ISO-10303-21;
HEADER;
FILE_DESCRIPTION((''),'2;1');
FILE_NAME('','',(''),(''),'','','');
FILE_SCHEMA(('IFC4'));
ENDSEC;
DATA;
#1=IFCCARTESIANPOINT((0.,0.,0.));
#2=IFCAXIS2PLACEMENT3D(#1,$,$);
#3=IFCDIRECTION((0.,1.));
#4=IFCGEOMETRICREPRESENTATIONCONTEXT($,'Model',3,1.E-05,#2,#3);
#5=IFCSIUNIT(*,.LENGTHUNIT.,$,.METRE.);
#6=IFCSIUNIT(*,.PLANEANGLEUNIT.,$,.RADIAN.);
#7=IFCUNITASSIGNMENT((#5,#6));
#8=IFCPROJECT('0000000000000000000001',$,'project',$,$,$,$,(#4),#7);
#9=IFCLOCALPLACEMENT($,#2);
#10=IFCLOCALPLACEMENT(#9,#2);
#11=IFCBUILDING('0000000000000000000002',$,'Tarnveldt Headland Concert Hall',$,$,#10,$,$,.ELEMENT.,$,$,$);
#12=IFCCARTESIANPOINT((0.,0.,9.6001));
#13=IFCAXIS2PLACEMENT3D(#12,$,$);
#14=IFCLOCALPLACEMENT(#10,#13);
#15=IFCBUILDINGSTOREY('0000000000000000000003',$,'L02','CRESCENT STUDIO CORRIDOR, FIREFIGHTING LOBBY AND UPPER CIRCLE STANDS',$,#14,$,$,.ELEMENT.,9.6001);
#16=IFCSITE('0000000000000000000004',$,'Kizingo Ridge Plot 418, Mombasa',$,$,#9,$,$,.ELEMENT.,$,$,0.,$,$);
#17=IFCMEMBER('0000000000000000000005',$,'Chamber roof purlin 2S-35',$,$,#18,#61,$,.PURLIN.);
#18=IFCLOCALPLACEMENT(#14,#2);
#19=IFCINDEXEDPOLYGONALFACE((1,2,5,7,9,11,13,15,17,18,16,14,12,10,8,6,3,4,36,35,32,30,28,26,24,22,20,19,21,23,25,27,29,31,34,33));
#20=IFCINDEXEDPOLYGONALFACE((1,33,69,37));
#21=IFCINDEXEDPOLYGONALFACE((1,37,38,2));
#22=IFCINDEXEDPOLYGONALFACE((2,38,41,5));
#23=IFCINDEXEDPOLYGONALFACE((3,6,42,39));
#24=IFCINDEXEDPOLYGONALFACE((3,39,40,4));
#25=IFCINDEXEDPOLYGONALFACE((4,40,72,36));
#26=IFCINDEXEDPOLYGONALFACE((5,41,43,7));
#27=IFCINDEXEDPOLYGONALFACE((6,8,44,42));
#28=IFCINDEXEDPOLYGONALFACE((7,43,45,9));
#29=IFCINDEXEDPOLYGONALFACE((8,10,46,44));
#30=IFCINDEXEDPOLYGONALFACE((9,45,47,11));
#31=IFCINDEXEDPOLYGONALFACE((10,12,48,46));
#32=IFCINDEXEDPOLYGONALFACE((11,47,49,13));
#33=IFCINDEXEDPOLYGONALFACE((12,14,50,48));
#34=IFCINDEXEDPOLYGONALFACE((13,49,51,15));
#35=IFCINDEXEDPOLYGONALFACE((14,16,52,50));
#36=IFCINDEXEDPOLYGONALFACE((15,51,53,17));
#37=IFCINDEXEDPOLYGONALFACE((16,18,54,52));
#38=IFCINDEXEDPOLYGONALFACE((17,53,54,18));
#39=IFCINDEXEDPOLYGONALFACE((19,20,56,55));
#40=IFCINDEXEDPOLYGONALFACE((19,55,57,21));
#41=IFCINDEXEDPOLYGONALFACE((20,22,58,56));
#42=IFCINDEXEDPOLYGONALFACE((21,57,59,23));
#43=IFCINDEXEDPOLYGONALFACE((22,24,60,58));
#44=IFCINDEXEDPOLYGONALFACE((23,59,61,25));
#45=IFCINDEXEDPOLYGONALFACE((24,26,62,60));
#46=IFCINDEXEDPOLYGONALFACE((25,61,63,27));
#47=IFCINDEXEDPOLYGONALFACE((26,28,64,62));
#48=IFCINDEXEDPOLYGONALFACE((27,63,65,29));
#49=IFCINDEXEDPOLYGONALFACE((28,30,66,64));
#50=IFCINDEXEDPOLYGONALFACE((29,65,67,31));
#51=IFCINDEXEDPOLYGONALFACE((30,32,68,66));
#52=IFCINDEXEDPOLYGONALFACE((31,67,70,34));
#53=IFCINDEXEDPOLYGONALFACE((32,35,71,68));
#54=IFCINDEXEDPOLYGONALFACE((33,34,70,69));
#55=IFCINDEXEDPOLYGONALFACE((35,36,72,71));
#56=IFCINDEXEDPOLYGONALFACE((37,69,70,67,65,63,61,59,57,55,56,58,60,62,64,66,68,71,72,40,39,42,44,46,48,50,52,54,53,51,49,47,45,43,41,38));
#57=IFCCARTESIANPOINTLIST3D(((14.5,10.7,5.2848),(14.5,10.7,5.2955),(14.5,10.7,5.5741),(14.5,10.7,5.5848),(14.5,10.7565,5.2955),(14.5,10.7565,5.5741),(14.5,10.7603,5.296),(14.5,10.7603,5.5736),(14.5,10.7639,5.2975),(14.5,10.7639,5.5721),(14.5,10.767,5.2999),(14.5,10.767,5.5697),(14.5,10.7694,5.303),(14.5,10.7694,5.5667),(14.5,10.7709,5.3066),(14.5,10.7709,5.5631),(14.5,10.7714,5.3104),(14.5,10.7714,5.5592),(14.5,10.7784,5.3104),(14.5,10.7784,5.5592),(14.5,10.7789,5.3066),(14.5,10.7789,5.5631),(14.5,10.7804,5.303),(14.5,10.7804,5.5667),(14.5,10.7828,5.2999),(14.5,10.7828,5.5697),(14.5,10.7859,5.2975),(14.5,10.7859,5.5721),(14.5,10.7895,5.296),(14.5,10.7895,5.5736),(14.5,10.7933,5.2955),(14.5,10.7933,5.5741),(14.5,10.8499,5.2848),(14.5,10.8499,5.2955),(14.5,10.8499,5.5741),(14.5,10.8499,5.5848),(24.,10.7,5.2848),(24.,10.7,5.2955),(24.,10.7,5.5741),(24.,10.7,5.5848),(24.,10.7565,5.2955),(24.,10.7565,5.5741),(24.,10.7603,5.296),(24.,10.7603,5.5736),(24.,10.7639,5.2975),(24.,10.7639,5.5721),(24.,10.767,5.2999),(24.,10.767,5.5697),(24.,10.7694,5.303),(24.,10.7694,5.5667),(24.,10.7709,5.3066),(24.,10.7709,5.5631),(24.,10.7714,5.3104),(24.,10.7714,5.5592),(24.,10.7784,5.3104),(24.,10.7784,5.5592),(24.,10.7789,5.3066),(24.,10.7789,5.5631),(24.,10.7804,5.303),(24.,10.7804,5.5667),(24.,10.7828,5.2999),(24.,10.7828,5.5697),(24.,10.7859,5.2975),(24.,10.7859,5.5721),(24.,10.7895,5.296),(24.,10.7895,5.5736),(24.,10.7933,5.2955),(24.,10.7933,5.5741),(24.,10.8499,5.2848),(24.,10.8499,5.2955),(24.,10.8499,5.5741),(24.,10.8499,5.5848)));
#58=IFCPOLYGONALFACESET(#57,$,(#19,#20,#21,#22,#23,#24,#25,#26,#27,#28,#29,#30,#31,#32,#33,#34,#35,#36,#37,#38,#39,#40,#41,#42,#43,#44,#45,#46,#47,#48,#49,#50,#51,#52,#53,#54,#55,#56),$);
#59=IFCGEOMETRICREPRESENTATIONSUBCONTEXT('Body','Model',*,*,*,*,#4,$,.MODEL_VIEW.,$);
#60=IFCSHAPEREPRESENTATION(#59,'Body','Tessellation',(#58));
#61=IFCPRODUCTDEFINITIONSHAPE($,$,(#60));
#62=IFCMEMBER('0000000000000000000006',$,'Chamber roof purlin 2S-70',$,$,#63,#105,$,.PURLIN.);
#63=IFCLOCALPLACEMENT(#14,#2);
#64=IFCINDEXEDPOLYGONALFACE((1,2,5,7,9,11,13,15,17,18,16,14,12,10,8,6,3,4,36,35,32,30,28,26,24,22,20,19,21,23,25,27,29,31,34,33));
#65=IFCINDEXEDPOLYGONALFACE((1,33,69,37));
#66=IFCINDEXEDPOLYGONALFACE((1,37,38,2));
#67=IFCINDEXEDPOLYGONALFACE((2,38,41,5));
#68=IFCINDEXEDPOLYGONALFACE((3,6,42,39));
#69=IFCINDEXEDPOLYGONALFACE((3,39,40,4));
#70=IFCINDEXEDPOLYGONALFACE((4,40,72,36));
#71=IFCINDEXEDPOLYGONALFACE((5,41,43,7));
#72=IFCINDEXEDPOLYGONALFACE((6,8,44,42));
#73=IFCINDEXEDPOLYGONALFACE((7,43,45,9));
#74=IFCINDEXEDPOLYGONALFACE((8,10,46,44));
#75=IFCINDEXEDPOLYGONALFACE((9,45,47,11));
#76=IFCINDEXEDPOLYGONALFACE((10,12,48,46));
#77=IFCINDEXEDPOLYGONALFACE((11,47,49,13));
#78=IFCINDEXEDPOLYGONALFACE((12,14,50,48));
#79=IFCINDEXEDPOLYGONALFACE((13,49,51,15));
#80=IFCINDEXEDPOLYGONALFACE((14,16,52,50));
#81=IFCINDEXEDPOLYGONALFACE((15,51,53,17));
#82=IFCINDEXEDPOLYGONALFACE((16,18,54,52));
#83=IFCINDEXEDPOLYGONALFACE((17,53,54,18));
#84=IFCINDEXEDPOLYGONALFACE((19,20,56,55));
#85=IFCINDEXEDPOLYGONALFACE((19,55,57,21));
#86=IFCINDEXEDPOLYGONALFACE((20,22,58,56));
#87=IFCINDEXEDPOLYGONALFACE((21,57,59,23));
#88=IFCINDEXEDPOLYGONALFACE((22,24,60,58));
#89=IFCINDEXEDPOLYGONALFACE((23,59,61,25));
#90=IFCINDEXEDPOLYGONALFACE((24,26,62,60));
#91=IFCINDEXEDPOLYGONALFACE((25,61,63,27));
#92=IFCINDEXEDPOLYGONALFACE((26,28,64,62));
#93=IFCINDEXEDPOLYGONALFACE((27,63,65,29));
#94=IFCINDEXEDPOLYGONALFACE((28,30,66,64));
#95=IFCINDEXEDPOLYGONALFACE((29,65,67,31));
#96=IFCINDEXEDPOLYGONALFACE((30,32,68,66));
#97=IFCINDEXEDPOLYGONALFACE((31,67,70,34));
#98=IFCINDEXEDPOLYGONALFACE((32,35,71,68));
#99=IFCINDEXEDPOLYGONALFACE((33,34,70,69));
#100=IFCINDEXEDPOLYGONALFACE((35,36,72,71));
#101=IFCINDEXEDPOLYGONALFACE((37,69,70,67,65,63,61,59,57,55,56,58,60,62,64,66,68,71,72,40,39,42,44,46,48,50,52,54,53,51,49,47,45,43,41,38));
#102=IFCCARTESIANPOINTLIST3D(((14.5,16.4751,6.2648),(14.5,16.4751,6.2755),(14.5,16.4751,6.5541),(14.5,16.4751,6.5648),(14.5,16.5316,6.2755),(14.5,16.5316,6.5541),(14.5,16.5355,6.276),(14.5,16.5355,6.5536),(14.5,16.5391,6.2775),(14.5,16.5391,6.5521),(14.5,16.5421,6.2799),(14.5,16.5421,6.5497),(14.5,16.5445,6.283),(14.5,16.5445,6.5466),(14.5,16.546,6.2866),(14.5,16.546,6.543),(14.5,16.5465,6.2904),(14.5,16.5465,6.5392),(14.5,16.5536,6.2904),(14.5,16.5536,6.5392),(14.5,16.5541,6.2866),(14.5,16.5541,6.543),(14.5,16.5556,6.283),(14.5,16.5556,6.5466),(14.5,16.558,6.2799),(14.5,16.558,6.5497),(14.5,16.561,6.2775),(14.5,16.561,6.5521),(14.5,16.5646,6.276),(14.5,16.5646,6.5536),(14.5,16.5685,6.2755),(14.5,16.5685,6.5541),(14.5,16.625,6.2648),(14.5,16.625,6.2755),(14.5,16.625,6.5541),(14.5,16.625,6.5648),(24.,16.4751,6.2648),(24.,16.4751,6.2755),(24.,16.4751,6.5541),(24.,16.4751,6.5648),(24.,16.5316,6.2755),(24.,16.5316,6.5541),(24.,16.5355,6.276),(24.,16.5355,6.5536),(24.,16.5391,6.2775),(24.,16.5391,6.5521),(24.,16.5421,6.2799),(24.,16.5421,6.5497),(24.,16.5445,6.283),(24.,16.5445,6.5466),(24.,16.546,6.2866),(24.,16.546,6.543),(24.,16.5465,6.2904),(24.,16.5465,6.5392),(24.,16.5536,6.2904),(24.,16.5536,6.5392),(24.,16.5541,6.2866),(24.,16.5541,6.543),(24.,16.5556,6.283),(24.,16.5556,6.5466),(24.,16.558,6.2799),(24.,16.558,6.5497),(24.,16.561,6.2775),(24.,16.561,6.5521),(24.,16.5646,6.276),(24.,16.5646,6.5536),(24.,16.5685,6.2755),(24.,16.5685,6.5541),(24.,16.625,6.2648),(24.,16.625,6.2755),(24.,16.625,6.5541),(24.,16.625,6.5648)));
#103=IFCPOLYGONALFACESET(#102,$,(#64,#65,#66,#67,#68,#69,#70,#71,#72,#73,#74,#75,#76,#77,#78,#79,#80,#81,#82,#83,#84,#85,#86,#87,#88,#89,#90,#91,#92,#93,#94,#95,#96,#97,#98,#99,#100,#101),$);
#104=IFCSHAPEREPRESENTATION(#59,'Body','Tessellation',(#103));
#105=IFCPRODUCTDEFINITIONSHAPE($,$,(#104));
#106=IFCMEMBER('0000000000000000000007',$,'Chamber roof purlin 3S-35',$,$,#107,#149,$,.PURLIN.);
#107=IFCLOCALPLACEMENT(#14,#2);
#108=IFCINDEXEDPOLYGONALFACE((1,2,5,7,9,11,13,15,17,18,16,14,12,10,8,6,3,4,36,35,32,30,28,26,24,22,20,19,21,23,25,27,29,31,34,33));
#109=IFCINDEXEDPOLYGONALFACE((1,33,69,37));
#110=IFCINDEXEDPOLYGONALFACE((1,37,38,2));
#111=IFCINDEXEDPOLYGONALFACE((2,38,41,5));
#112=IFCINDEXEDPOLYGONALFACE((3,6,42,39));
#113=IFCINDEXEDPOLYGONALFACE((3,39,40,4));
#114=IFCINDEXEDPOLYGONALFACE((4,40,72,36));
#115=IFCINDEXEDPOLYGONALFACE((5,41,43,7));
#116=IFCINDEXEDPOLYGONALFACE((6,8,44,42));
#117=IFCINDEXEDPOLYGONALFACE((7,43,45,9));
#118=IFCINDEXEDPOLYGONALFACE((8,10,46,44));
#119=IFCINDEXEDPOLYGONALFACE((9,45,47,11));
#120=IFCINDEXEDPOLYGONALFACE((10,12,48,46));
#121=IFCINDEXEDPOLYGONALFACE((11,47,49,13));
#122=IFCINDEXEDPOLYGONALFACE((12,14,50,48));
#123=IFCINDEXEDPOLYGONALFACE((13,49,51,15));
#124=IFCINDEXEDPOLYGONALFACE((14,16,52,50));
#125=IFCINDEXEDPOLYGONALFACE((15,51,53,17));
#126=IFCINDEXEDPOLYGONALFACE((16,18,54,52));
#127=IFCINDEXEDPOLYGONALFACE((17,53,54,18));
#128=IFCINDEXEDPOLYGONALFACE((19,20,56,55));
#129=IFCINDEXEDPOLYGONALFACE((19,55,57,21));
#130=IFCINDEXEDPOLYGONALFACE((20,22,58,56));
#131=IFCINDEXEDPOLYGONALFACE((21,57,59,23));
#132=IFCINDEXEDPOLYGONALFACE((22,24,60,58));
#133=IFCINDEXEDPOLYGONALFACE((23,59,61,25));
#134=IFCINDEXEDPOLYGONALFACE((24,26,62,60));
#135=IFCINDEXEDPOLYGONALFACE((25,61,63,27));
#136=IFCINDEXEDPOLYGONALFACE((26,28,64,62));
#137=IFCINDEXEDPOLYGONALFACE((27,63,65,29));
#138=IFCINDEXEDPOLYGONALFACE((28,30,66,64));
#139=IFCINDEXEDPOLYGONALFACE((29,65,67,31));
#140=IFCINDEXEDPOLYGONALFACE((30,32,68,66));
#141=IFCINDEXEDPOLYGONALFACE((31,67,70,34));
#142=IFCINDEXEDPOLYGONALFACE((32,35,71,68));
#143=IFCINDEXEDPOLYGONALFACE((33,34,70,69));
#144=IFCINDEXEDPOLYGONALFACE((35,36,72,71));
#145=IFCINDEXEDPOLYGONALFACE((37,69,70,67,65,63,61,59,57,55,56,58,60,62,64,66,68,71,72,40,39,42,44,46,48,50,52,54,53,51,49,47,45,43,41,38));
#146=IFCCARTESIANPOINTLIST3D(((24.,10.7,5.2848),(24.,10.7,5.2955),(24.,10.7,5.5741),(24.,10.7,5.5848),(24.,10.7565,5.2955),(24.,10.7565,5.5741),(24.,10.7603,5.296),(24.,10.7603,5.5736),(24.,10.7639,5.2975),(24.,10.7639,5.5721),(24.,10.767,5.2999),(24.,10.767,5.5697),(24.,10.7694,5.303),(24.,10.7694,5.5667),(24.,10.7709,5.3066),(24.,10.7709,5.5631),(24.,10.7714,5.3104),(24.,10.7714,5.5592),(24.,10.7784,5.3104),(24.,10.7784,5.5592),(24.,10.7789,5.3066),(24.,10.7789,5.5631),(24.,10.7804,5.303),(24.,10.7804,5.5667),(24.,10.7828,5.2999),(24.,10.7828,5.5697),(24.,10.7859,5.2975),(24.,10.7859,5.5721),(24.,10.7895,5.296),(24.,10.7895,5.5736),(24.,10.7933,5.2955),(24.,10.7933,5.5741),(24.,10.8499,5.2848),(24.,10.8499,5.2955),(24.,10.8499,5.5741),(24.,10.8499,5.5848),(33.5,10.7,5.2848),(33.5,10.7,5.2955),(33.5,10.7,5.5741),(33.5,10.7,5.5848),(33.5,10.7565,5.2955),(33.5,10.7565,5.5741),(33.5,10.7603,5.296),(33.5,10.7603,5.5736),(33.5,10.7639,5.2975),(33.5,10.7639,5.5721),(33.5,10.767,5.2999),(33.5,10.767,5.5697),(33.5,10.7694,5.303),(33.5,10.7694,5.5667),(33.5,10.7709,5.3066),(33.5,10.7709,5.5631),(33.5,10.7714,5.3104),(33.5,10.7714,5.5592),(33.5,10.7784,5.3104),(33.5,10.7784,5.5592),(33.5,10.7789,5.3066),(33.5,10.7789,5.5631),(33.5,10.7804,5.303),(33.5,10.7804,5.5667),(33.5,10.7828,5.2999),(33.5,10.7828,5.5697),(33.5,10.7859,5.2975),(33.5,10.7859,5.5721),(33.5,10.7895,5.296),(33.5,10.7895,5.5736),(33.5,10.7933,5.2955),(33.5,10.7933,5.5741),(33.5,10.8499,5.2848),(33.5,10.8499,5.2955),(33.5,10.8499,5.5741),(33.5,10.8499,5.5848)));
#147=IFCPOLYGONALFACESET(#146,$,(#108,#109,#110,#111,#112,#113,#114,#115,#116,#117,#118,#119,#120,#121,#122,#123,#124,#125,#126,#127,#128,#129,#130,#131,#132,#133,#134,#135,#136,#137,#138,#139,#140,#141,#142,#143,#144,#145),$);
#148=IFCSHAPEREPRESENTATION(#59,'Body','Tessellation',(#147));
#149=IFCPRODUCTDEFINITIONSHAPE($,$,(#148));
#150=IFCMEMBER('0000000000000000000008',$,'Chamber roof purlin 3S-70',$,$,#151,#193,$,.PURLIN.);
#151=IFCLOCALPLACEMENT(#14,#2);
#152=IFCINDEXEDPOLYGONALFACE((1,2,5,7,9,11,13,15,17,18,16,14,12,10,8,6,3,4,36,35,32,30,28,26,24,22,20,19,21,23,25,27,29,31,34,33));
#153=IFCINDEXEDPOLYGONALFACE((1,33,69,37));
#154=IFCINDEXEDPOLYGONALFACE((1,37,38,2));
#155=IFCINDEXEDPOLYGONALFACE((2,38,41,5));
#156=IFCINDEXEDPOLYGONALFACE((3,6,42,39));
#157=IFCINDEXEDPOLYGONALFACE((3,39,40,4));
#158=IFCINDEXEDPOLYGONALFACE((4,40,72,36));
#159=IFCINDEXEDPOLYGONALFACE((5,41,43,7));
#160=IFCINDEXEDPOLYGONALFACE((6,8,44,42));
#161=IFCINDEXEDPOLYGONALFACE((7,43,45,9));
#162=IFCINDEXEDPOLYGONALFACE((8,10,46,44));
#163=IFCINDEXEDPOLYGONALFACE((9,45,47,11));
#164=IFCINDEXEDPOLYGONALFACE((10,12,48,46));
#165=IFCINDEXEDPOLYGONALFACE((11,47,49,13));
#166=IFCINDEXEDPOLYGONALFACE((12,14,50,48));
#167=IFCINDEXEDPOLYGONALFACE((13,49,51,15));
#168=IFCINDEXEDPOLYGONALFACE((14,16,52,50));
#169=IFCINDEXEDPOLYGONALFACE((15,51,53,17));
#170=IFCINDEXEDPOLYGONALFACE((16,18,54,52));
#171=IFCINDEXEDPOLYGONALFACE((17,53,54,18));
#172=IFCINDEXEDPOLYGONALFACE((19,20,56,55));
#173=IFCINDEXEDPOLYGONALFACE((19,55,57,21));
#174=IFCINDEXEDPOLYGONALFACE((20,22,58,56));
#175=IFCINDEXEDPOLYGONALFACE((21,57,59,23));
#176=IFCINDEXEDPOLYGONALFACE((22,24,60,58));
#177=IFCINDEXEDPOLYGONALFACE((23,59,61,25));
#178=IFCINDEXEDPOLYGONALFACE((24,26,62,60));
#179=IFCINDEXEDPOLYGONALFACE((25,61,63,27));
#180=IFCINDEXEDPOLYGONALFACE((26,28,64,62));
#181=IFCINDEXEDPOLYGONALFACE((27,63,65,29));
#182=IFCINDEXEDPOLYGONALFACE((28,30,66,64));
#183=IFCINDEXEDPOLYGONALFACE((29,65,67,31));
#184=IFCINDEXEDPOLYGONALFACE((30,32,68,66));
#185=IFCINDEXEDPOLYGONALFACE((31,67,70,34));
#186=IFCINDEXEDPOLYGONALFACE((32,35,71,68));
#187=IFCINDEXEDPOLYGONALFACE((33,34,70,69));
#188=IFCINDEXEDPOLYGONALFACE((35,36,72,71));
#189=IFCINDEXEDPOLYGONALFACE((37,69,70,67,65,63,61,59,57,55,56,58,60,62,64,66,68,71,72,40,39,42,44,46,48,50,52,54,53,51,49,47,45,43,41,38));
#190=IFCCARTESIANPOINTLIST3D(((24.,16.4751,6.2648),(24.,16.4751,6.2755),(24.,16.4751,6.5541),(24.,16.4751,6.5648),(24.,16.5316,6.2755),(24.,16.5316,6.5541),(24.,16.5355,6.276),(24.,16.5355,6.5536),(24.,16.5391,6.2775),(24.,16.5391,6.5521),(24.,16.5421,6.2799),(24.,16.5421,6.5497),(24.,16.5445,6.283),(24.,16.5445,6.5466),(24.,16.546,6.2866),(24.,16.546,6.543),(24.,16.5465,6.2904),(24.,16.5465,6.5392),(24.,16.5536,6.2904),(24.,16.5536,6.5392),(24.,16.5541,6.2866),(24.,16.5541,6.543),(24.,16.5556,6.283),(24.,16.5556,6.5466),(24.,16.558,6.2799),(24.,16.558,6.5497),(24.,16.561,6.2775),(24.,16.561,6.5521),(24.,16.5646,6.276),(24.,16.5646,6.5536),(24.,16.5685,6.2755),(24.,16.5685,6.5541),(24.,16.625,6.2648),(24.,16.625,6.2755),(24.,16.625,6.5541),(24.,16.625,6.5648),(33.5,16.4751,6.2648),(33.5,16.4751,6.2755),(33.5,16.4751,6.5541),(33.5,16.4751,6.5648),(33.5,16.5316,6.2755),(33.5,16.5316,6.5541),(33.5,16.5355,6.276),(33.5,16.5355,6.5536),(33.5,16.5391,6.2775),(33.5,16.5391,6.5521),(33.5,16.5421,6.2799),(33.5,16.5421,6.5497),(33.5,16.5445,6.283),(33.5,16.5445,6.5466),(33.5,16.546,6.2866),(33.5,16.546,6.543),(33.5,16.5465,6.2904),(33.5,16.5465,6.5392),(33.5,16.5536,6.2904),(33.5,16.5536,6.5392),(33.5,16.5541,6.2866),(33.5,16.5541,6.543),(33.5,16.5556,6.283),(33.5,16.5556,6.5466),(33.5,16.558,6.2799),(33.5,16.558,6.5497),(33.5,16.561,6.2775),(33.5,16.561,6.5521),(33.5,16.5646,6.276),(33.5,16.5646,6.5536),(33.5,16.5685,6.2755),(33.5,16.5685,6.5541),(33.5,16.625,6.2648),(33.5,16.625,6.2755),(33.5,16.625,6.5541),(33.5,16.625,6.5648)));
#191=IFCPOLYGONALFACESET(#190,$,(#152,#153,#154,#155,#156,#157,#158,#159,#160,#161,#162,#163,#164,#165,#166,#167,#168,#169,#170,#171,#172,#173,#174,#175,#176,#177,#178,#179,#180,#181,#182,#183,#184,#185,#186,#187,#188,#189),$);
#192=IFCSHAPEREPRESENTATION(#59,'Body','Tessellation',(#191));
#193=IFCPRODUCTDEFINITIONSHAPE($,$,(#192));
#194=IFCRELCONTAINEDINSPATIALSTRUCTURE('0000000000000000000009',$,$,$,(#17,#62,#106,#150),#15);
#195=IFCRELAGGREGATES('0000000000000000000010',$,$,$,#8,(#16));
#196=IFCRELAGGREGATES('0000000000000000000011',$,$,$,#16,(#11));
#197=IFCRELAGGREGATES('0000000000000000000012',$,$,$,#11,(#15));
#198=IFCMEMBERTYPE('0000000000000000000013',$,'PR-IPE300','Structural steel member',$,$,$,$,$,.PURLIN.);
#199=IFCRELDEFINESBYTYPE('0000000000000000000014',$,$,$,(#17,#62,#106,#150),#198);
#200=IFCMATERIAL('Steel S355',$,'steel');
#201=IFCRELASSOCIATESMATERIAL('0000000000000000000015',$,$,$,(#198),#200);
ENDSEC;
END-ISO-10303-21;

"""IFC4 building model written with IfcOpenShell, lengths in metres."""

from ifc_helpers import new_model, si_unit, direction, frame, origin, origin_2d, place, context, subcontext, project, spatial, i_section, extrude, material, material_profile, profile_set, type_object, element, save


model = new_model("IFC4")

# Units and contexts
model_context = context("Model", 3, precision=1e-05, world=origin(), true_north=direction((0.0, 1.0)))
body_context = subcontext(model_context, "Body", "Model", "MODEL_VIEW")
ifc_project = project(units=[si_unit("LENGTHUNIT", "METRE"), si_unit("PLANEANGLEUNIT", "RADIAN")], contexts=[model_context])

# Site, building, storey
site_placement = place(None, origin())
site = spatial("IfcSite", under=ifc_project, at=site_placement, Name="Kizingo Ridge Plot 418, Mombasa", CompositionType="ELEMENT", RefElevation=0.0)
building_placement = place(site_placement, origin())
building = spatial("IfcBuilding", under=site, at=building_placement, Name="Tarnveldt Headland Concert Hall", CompositionType="ELEMENT")
storey_placement = place(building_placement, frame((0.0, 0.0, 9.6001)))
storey = spatial("IfcBuildingStorey", under=building, at=storey_placement, Name="L02", Description="CRESCENT STUDIO CORRIDOR, FIREFIGHTING LOBBY AND UPPER CIRCLE STANDS", CompositionType="ELEMENT", Elevation=9.6001)

# Shared definitions
ifc_material_1 = material(Name="Steel S355", Category="steel")

# Members
ifc_material_profile_1 = material_profile(ifc_material_1, i_section(OverallWidth=0.1499, OverallDepth=0.3, WebThickness=0.0071, FlangeThickness=0.0107, FilletRadius=0.0149, at=origin_2d()), Name="IPE300", Category="steel")
ifc_profile_set_1 = profile_set([ifc_material_profile_1], Name="Steel S355")
member_type_1 = type_object("IfcMemberType", Name="PR-IPE300", Description="Structural steel member", PredefinedType="PURLIN", material=ifc_profile_set_1)
for number, where, z_axis, x_axis, name in (
    (1, (14.5, 10.7749, 5.4348), (1.0, 0.0, 0.0), (0.0, 1.0, 0.0), "Chamber roof purlin 2S-35"),
    (2, (14.5, 16.55, 6.4148), (1.0, 0.0, 0.0), (0.0, 1.0, 0.0), "Chamber roof purlin 2S-70"),
    (3, (24.0, 10.7749, 5.4348), (1.0, 0.0, 0.0), (0.0, 1.0, 0.0), "Chamber roof purlin 3S-35"),
    (4, (24.0, 16.55, 6.4148), (1.0, 0.0, 0.0), (0.0, 1.0, 0.0), "Chamber roof purlin 3S-70"),
):
    element("IfcMember", number, at=place(storey_placement, frame(where, z_axis=z_axis, x_axis=x_axis)), inside=storey, type_object=member_type_1, Name=name, PredefinedType="PURLIN", context=body_context, shape_type="SweptSolid", body=[
        extrude(i_section(OverallWidth=0.1499, OverallDepth=0.3, WebThickness=0.0071, FlangeThickness=0.0107, FilletRadius=0.0149, at=origin_2d()), origin(), (0.0, 0.0, 1.0), 9.5),
    ])

save(model, "model.ifc")
